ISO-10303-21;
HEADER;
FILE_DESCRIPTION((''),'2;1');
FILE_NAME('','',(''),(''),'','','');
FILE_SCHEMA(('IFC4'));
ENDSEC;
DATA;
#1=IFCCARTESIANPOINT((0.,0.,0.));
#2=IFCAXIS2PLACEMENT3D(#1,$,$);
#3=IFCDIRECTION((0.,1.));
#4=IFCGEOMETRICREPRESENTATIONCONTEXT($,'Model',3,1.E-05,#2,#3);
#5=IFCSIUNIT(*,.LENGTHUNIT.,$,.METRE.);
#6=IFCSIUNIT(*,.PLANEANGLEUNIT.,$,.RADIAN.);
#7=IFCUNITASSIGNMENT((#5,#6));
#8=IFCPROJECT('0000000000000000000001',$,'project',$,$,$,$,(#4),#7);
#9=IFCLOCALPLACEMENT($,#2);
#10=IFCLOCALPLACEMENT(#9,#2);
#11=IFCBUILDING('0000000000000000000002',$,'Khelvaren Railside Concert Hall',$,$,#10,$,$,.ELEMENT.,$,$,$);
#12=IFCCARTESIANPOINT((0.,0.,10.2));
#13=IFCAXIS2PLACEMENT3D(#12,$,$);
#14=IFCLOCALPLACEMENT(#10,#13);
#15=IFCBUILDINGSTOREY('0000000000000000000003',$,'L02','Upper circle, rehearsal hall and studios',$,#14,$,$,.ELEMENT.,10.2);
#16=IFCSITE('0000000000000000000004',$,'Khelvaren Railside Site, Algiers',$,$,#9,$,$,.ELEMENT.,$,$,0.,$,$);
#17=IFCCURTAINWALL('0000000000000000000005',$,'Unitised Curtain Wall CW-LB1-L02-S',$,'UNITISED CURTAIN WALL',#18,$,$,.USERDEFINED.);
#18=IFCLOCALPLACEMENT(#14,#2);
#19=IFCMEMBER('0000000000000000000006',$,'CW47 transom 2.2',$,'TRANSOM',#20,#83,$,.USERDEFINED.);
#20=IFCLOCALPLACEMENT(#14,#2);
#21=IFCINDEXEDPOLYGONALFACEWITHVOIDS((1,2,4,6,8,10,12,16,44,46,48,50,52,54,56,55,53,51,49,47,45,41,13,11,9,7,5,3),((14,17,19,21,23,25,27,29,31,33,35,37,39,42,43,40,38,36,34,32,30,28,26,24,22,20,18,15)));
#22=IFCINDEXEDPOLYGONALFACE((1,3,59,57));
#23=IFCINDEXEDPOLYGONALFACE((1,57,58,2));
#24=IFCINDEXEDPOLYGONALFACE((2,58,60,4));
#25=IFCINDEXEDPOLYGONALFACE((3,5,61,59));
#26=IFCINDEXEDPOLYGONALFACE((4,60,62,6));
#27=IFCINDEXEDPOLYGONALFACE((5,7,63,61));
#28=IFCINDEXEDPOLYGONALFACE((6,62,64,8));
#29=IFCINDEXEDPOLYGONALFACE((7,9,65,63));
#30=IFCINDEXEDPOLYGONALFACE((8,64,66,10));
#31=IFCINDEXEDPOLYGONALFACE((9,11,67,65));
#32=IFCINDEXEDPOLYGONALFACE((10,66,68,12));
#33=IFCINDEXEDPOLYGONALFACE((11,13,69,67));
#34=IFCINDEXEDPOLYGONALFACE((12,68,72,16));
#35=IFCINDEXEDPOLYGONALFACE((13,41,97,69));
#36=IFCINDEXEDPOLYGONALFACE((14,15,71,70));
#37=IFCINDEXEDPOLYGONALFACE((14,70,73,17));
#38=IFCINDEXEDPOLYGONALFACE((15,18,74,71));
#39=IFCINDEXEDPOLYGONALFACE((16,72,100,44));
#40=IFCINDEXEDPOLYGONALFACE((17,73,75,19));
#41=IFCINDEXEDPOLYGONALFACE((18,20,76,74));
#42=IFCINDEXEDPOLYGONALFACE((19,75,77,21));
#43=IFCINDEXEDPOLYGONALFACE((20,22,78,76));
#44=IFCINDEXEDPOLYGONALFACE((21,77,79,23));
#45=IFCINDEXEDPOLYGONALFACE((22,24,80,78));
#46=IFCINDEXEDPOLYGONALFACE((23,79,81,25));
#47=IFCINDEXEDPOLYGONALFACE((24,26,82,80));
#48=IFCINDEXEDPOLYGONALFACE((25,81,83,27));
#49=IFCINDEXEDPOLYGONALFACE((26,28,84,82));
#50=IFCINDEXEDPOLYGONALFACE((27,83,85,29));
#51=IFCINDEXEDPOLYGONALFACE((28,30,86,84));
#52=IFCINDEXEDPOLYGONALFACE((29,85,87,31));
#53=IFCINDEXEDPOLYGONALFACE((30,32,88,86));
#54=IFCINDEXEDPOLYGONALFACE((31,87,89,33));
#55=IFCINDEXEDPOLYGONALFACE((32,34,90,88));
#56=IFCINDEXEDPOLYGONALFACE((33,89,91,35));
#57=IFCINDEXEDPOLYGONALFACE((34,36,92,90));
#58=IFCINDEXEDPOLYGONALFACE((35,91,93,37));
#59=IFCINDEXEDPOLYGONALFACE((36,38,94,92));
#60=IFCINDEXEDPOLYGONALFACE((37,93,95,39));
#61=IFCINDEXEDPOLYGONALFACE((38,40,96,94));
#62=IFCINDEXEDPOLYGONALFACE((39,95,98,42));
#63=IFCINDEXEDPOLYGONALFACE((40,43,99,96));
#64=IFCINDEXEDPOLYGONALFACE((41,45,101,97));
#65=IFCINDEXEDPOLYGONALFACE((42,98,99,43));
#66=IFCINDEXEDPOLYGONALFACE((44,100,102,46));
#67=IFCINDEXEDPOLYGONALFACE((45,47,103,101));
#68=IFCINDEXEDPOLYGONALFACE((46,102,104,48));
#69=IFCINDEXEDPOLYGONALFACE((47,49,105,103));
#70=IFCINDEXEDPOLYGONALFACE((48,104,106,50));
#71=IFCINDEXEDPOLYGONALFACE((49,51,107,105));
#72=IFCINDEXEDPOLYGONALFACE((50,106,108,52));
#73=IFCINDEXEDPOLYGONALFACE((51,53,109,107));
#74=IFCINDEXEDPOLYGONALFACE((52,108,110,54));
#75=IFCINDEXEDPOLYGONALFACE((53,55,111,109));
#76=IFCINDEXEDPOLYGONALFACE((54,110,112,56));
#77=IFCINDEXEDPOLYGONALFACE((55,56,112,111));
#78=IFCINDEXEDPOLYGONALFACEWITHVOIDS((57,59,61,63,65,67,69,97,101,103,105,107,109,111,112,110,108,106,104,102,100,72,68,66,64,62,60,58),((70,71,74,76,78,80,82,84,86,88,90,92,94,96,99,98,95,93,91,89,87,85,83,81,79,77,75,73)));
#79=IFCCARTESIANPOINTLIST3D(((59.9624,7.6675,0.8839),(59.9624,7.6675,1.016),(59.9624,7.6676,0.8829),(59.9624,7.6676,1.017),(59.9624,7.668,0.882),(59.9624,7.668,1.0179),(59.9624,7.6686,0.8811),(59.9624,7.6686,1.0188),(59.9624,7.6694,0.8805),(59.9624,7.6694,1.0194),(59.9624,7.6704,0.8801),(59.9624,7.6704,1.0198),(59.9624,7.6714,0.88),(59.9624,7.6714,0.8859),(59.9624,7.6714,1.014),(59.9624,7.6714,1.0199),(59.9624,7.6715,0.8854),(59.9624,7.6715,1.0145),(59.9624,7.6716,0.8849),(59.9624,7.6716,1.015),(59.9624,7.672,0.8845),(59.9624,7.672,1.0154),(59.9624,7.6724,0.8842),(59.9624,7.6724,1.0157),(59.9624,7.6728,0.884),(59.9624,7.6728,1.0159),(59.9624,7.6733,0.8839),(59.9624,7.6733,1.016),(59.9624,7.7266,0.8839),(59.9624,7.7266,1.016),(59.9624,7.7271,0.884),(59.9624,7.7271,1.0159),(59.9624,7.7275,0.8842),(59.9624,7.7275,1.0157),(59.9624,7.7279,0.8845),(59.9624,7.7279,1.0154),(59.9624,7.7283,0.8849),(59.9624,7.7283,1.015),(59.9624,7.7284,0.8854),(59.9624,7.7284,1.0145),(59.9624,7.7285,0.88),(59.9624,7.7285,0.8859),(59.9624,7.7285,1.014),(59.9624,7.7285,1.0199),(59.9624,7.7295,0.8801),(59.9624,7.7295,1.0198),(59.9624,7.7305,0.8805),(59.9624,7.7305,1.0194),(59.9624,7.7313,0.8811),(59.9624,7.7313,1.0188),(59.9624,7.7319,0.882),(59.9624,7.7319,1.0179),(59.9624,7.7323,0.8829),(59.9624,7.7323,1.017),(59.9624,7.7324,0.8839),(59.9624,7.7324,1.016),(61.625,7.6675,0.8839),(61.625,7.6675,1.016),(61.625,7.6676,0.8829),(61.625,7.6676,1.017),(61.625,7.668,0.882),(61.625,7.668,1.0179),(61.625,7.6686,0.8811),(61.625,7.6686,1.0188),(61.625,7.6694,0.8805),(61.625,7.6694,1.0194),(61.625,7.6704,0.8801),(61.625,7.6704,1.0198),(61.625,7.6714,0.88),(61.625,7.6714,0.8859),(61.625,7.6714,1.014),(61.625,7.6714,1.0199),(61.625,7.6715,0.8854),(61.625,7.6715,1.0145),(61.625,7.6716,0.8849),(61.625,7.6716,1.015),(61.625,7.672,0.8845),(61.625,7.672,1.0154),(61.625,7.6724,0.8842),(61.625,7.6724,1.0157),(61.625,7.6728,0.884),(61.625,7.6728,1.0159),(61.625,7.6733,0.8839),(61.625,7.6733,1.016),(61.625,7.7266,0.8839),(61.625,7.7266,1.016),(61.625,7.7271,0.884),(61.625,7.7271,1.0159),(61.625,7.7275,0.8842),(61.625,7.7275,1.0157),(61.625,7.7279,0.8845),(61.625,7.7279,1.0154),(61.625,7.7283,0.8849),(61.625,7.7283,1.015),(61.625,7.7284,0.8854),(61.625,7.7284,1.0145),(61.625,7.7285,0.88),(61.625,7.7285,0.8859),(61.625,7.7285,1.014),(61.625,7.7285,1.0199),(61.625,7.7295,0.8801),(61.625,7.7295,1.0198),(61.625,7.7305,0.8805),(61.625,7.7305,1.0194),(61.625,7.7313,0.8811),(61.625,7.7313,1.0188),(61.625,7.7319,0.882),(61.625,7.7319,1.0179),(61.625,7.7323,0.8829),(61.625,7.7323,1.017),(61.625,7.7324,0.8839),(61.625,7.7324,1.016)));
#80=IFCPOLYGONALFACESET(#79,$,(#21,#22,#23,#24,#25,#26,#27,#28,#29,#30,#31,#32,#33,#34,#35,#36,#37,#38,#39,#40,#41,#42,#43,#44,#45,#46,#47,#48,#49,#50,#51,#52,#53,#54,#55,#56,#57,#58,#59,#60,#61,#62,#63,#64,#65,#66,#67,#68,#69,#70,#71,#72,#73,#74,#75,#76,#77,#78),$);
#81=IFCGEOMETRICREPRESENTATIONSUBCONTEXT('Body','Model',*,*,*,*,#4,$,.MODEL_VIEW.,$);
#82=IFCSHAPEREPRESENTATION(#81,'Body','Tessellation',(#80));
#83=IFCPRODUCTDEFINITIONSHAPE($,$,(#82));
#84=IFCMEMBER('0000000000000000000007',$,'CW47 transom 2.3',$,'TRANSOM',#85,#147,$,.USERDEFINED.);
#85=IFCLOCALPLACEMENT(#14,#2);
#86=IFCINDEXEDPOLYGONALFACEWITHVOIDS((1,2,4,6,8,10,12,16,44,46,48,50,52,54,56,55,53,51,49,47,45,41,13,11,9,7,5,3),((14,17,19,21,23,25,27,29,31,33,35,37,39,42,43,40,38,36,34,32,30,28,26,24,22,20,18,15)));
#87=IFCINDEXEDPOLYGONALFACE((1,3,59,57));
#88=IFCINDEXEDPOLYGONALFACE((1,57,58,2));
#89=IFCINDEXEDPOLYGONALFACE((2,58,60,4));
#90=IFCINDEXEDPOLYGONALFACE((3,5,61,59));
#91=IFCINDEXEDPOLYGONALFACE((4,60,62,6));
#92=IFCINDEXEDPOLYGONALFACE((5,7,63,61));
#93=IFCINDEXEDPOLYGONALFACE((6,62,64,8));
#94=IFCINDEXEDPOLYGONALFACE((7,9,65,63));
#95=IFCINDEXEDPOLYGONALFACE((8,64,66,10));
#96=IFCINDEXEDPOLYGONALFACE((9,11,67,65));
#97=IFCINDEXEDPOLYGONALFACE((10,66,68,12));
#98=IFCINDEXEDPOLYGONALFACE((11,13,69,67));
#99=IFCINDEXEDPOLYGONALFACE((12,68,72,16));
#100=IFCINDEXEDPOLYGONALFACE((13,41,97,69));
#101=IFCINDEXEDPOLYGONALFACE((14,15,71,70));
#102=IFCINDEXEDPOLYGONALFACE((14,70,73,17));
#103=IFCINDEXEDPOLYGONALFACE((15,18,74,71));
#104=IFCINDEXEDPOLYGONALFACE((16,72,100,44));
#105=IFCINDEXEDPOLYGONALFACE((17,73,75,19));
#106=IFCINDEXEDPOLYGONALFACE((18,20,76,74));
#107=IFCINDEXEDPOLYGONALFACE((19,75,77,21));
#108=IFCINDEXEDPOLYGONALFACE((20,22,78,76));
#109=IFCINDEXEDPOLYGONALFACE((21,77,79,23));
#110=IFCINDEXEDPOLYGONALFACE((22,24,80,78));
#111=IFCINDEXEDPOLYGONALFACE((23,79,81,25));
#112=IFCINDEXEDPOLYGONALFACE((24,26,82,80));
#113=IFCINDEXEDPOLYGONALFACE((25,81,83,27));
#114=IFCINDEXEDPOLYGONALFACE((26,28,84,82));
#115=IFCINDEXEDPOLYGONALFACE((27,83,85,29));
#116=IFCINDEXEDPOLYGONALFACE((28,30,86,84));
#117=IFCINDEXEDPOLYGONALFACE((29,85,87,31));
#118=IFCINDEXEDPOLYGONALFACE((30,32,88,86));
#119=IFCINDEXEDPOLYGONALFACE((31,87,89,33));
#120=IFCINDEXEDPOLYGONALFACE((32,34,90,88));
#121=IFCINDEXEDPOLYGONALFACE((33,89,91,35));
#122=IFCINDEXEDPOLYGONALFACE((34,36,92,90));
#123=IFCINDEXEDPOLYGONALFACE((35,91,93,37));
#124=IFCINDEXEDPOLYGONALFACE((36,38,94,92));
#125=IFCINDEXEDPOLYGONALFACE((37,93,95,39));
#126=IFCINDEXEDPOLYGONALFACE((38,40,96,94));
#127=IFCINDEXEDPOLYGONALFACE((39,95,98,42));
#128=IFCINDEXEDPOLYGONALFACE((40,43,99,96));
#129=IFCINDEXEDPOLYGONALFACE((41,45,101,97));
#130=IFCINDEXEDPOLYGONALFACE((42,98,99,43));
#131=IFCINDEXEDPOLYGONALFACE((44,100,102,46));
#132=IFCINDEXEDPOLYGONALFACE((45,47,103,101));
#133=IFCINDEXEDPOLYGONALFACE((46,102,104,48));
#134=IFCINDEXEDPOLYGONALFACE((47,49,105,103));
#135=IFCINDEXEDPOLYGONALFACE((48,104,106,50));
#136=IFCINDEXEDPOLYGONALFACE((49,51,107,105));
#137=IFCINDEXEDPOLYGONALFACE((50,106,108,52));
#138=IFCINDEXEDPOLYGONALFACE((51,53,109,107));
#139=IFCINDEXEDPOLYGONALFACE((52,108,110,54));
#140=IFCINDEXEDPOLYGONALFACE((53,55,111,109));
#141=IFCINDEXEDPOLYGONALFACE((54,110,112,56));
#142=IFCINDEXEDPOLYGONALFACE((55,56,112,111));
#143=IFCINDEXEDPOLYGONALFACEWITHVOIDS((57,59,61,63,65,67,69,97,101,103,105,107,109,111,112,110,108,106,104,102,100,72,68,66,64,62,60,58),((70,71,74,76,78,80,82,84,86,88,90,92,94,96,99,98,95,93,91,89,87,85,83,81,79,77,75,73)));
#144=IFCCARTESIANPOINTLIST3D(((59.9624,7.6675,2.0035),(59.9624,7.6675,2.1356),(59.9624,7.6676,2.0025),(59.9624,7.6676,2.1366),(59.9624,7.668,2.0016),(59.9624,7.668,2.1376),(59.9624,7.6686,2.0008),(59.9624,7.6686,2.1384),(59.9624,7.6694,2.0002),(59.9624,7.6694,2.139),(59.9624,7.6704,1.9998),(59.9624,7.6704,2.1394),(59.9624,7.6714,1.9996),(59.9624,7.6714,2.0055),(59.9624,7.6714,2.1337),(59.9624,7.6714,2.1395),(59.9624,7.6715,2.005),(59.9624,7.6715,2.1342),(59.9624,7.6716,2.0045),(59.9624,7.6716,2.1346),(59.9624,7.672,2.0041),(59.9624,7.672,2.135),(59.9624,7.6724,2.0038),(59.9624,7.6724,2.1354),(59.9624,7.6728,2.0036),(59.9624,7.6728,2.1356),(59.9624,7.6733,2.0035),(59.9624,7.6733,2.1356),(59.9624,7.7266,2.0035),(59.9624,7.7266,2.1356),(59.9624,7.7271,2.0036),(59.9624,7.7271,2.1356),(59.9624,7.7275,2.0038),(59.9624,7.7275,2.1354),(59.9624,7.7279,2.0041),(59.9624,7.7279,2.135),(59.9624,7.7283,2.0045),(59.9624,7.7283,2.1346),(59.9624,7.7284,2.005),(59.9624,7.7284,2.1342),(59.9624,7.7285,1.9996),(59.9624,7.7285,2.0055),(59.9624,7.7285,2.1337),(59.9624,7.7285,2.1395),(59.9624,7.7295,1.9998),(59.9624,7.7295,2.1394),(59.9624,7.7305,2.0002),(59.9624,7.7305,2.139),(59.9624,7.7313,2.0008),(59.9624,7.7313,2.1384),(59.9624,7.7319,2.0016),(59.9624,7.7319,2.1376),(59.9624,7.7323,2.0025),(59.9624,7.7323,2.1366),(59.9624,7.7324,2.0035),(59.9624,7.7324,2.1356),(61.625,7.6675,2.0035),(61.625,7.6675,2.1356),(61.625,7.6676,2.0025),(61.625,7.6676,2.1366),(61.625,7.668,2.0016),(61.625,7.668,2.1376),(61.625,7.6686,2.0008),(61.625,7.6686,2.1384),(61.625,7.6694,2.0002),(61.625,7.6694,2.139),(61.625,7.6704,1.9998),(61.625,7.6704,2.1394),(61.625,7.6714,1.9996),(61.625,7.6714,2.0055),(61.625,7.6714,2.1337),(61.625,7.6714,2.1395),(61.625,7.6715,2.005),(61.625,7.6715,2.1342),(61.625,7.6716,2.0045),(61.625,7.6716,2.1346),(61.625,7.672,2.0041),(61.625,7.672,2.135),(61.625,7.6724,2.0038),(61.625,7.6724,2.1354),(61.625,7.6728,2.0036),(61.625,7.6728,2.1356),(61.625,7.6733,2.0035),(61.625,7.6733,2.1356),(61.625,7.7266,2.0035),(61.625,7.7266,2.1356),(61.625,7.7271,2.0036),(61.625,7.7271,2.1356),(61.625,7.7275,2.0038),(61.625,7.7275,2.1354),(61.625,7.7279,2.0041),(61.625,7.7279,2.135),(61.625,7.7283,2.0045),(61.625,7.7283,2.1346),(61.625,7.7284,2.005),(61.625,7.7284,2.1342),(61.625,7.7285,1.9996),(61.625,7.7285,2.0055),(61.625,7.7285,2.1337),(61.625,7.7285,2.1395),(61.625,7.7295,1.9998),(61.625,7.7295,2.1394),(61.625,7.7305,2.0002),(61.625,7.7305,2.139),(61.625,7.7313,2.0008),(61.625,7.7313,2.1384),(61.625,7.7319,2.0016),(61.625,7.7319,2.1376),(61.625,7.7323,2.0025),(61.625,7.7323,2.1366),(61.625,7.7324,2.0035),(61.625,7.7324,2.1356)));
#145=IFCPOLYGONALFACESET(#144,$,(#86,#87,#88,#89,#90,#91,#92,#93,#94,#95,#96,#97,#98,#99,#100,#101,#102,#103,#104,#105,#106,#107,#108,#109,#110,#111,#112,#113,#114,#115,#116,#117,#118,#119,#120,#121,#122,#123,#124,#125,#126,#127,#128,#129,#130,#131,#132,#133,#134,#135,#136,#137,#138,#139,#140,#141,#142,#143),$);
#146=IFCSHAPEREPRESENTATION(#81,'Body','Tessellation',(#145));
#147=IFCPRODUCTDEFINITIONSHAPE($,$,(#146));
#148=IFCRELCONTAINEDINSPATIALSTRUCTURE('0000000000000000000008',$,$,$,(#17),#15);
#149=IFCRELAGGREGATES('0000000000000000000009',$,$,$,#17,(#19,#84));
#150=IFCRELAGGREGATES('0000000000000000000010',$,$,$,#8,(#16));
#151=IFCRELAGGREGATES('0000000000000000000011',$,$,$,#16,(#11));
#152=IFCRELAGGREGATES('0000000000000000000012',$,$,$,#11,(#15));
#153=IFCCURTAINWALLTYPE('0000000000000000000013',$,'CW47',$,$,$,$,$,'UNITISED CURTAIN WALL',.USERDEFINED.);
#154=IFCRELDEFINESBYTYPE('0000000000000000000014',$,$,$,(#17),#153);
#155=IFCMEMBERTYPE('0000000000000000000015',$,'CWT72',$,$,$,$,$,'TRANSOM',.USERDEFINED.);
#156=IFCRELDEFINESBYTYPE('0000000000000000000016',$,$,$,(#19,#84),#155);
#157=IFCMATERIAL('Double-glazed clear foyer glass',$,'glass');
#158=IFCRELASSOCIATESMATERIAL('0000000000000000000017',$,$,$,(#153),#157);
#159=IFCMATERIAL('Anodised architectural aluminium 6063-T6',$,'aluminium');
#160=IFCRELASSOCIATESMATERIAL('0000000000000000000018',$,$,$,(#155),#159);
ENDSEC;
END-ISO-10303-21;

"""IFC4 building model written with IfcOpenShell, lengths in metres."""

from ifc_helpers import new_model, si_unit, direction, frame, origin, origin_2d, place, context, subcontext, project, spatial, hollow_rectangle, extrude, material, material_profile, profile_set, type_object, element, aggregate, save


model = new_model("IFC4")

# Units and contexts
model_context = context("Model", 3, precision=1e-05, world=origin(), true_north=direction((0.0, 1.0)))
body_context = subcontext(model_context, "Body", "Model", "MODEL_VIEW")
ifc_project = project(units=[si_unit("LENGTHUNIT", "METRE"), si_unit("PLANEANGLEUNIT", "RADIAN")], contexts=[model_context])

# Site, building, storey
site_placement = place(None, origin())
site = spatial("IfcSite", under=ifc_project, at=site_placement, Name="Khelvaren Railside Site, Algiers", CompositionType="ELEMENT", RefElevation=0.0)
building_placement = place(site_placement, origin())
building = spatial("IfcBuilding", under=site, at=building_placement, Name="Khelvaren Railside Concert Hall", CompositionType="ELEMENT")
storey_placement = place(building_placement, frame((0.0, 0.0, 10.2)))
storey = spatial("IfcBuildingStorey", under=building, at=storey_placement, Name="L02", Description="Upper circle, rehearsal hall and studios", CompositionType="ELEMENT", Elevation=10.2)

# Curtain wall, members
ifc_material_1 = material(Name="Double-glazed clear foyer glass", Category="glass")
curtain_wall_type = type_object("IfcCurtainWallType", Name="CW47", ElementType="UNITISED CURTAIN WALL", PredefinedType="USERDEFINED", material=ifc_material_1)
curtain_wall_placement = place(storey_placement, origin())
curtain_wall = element("IfcCurtainWall", 1, at=curtain_wall_placement, inside=storey, type_object=curtain_wall_type, Name="Unitised Curtain Wall CW-LB1-L02-S", ObjectType="UNITISED CURTAIN WALL", PredefinedType="USERDEFINED")
ifc_material_2 = material(Name="Anodised architectural aluminium 6063-T6", Category="aluminium")
ifc_material_profile_1 = material_profile(ifc_material_2, hollow_rectangle(XDim=0.0649, YDim=0.1399, WallThickness=0.0039, InnerFilletRadius=0.002, OuterFilletRadius=0.0039, at=origin_2d()), Name="CWT 65x140x4")
ifc_profile_set_1 = profile_set([ifc_material_profile_1], Name="Anodised architectural aluminium 6063-T6")
member_type_1 = type_object("IfcMemberType", Name="CWT72", ElementType="TRANSOM", PredefinedType="USERDEFINED", material=ifc_profile_set_1)
member_1_placement = place(storey_placement, frame((61.625, 7.7, 0.95), z_axis=(-1.0, 0.0, 0.0), x_axis=(0.0, -1.0, 0.0)))
member_1 = element("IfcMember", 2, at=member_1_placement, type_object=member_type_1, Name="CW47 transom 2.2", ObjectType="TRANSOM", PredefinedType="USERDEFINED", context=body_context, shape_type="SweptSolid", body=[
    extrude(hollow_rectangle(XDim=0.0649, YDim=0.1399, WallThickness=0.0039, InnerFilletRadius=0.002, OuterFilletRadius=0.0039, at=origin_2d()), origin(), (0.0, 0.0, 1.0), 1.6626),
])
member_2_placement = place(storey_placement, frame((61.625, 7.7, 2.0696), z_axis=(-1.0, 0.0, 0.0), x_axis=(0.0, -1.0, 0.0)))
member_2 = element("IfcMember", 3, at=member_2_placement, type_object=member_type_1, Name="CW47 transom 2.3", ObjectType="TRANSOM", PredefinedType="USERDEFINED", context=body_context, shape_type="SweptSolid", body=[
    extrude(hollow_rectangle(XDim=0.0649, YDim=0.1399, WallThickness=0.0039, InnerFilletRadius=0.002, OuterFilletRadius=0.0039, at=origin_2d()), origin(), (0.0, 0.0, 1.0), 1.6626),
])

aggregate(curtain_wall, [member_1, member_2])

save(model, "model.ifc")
